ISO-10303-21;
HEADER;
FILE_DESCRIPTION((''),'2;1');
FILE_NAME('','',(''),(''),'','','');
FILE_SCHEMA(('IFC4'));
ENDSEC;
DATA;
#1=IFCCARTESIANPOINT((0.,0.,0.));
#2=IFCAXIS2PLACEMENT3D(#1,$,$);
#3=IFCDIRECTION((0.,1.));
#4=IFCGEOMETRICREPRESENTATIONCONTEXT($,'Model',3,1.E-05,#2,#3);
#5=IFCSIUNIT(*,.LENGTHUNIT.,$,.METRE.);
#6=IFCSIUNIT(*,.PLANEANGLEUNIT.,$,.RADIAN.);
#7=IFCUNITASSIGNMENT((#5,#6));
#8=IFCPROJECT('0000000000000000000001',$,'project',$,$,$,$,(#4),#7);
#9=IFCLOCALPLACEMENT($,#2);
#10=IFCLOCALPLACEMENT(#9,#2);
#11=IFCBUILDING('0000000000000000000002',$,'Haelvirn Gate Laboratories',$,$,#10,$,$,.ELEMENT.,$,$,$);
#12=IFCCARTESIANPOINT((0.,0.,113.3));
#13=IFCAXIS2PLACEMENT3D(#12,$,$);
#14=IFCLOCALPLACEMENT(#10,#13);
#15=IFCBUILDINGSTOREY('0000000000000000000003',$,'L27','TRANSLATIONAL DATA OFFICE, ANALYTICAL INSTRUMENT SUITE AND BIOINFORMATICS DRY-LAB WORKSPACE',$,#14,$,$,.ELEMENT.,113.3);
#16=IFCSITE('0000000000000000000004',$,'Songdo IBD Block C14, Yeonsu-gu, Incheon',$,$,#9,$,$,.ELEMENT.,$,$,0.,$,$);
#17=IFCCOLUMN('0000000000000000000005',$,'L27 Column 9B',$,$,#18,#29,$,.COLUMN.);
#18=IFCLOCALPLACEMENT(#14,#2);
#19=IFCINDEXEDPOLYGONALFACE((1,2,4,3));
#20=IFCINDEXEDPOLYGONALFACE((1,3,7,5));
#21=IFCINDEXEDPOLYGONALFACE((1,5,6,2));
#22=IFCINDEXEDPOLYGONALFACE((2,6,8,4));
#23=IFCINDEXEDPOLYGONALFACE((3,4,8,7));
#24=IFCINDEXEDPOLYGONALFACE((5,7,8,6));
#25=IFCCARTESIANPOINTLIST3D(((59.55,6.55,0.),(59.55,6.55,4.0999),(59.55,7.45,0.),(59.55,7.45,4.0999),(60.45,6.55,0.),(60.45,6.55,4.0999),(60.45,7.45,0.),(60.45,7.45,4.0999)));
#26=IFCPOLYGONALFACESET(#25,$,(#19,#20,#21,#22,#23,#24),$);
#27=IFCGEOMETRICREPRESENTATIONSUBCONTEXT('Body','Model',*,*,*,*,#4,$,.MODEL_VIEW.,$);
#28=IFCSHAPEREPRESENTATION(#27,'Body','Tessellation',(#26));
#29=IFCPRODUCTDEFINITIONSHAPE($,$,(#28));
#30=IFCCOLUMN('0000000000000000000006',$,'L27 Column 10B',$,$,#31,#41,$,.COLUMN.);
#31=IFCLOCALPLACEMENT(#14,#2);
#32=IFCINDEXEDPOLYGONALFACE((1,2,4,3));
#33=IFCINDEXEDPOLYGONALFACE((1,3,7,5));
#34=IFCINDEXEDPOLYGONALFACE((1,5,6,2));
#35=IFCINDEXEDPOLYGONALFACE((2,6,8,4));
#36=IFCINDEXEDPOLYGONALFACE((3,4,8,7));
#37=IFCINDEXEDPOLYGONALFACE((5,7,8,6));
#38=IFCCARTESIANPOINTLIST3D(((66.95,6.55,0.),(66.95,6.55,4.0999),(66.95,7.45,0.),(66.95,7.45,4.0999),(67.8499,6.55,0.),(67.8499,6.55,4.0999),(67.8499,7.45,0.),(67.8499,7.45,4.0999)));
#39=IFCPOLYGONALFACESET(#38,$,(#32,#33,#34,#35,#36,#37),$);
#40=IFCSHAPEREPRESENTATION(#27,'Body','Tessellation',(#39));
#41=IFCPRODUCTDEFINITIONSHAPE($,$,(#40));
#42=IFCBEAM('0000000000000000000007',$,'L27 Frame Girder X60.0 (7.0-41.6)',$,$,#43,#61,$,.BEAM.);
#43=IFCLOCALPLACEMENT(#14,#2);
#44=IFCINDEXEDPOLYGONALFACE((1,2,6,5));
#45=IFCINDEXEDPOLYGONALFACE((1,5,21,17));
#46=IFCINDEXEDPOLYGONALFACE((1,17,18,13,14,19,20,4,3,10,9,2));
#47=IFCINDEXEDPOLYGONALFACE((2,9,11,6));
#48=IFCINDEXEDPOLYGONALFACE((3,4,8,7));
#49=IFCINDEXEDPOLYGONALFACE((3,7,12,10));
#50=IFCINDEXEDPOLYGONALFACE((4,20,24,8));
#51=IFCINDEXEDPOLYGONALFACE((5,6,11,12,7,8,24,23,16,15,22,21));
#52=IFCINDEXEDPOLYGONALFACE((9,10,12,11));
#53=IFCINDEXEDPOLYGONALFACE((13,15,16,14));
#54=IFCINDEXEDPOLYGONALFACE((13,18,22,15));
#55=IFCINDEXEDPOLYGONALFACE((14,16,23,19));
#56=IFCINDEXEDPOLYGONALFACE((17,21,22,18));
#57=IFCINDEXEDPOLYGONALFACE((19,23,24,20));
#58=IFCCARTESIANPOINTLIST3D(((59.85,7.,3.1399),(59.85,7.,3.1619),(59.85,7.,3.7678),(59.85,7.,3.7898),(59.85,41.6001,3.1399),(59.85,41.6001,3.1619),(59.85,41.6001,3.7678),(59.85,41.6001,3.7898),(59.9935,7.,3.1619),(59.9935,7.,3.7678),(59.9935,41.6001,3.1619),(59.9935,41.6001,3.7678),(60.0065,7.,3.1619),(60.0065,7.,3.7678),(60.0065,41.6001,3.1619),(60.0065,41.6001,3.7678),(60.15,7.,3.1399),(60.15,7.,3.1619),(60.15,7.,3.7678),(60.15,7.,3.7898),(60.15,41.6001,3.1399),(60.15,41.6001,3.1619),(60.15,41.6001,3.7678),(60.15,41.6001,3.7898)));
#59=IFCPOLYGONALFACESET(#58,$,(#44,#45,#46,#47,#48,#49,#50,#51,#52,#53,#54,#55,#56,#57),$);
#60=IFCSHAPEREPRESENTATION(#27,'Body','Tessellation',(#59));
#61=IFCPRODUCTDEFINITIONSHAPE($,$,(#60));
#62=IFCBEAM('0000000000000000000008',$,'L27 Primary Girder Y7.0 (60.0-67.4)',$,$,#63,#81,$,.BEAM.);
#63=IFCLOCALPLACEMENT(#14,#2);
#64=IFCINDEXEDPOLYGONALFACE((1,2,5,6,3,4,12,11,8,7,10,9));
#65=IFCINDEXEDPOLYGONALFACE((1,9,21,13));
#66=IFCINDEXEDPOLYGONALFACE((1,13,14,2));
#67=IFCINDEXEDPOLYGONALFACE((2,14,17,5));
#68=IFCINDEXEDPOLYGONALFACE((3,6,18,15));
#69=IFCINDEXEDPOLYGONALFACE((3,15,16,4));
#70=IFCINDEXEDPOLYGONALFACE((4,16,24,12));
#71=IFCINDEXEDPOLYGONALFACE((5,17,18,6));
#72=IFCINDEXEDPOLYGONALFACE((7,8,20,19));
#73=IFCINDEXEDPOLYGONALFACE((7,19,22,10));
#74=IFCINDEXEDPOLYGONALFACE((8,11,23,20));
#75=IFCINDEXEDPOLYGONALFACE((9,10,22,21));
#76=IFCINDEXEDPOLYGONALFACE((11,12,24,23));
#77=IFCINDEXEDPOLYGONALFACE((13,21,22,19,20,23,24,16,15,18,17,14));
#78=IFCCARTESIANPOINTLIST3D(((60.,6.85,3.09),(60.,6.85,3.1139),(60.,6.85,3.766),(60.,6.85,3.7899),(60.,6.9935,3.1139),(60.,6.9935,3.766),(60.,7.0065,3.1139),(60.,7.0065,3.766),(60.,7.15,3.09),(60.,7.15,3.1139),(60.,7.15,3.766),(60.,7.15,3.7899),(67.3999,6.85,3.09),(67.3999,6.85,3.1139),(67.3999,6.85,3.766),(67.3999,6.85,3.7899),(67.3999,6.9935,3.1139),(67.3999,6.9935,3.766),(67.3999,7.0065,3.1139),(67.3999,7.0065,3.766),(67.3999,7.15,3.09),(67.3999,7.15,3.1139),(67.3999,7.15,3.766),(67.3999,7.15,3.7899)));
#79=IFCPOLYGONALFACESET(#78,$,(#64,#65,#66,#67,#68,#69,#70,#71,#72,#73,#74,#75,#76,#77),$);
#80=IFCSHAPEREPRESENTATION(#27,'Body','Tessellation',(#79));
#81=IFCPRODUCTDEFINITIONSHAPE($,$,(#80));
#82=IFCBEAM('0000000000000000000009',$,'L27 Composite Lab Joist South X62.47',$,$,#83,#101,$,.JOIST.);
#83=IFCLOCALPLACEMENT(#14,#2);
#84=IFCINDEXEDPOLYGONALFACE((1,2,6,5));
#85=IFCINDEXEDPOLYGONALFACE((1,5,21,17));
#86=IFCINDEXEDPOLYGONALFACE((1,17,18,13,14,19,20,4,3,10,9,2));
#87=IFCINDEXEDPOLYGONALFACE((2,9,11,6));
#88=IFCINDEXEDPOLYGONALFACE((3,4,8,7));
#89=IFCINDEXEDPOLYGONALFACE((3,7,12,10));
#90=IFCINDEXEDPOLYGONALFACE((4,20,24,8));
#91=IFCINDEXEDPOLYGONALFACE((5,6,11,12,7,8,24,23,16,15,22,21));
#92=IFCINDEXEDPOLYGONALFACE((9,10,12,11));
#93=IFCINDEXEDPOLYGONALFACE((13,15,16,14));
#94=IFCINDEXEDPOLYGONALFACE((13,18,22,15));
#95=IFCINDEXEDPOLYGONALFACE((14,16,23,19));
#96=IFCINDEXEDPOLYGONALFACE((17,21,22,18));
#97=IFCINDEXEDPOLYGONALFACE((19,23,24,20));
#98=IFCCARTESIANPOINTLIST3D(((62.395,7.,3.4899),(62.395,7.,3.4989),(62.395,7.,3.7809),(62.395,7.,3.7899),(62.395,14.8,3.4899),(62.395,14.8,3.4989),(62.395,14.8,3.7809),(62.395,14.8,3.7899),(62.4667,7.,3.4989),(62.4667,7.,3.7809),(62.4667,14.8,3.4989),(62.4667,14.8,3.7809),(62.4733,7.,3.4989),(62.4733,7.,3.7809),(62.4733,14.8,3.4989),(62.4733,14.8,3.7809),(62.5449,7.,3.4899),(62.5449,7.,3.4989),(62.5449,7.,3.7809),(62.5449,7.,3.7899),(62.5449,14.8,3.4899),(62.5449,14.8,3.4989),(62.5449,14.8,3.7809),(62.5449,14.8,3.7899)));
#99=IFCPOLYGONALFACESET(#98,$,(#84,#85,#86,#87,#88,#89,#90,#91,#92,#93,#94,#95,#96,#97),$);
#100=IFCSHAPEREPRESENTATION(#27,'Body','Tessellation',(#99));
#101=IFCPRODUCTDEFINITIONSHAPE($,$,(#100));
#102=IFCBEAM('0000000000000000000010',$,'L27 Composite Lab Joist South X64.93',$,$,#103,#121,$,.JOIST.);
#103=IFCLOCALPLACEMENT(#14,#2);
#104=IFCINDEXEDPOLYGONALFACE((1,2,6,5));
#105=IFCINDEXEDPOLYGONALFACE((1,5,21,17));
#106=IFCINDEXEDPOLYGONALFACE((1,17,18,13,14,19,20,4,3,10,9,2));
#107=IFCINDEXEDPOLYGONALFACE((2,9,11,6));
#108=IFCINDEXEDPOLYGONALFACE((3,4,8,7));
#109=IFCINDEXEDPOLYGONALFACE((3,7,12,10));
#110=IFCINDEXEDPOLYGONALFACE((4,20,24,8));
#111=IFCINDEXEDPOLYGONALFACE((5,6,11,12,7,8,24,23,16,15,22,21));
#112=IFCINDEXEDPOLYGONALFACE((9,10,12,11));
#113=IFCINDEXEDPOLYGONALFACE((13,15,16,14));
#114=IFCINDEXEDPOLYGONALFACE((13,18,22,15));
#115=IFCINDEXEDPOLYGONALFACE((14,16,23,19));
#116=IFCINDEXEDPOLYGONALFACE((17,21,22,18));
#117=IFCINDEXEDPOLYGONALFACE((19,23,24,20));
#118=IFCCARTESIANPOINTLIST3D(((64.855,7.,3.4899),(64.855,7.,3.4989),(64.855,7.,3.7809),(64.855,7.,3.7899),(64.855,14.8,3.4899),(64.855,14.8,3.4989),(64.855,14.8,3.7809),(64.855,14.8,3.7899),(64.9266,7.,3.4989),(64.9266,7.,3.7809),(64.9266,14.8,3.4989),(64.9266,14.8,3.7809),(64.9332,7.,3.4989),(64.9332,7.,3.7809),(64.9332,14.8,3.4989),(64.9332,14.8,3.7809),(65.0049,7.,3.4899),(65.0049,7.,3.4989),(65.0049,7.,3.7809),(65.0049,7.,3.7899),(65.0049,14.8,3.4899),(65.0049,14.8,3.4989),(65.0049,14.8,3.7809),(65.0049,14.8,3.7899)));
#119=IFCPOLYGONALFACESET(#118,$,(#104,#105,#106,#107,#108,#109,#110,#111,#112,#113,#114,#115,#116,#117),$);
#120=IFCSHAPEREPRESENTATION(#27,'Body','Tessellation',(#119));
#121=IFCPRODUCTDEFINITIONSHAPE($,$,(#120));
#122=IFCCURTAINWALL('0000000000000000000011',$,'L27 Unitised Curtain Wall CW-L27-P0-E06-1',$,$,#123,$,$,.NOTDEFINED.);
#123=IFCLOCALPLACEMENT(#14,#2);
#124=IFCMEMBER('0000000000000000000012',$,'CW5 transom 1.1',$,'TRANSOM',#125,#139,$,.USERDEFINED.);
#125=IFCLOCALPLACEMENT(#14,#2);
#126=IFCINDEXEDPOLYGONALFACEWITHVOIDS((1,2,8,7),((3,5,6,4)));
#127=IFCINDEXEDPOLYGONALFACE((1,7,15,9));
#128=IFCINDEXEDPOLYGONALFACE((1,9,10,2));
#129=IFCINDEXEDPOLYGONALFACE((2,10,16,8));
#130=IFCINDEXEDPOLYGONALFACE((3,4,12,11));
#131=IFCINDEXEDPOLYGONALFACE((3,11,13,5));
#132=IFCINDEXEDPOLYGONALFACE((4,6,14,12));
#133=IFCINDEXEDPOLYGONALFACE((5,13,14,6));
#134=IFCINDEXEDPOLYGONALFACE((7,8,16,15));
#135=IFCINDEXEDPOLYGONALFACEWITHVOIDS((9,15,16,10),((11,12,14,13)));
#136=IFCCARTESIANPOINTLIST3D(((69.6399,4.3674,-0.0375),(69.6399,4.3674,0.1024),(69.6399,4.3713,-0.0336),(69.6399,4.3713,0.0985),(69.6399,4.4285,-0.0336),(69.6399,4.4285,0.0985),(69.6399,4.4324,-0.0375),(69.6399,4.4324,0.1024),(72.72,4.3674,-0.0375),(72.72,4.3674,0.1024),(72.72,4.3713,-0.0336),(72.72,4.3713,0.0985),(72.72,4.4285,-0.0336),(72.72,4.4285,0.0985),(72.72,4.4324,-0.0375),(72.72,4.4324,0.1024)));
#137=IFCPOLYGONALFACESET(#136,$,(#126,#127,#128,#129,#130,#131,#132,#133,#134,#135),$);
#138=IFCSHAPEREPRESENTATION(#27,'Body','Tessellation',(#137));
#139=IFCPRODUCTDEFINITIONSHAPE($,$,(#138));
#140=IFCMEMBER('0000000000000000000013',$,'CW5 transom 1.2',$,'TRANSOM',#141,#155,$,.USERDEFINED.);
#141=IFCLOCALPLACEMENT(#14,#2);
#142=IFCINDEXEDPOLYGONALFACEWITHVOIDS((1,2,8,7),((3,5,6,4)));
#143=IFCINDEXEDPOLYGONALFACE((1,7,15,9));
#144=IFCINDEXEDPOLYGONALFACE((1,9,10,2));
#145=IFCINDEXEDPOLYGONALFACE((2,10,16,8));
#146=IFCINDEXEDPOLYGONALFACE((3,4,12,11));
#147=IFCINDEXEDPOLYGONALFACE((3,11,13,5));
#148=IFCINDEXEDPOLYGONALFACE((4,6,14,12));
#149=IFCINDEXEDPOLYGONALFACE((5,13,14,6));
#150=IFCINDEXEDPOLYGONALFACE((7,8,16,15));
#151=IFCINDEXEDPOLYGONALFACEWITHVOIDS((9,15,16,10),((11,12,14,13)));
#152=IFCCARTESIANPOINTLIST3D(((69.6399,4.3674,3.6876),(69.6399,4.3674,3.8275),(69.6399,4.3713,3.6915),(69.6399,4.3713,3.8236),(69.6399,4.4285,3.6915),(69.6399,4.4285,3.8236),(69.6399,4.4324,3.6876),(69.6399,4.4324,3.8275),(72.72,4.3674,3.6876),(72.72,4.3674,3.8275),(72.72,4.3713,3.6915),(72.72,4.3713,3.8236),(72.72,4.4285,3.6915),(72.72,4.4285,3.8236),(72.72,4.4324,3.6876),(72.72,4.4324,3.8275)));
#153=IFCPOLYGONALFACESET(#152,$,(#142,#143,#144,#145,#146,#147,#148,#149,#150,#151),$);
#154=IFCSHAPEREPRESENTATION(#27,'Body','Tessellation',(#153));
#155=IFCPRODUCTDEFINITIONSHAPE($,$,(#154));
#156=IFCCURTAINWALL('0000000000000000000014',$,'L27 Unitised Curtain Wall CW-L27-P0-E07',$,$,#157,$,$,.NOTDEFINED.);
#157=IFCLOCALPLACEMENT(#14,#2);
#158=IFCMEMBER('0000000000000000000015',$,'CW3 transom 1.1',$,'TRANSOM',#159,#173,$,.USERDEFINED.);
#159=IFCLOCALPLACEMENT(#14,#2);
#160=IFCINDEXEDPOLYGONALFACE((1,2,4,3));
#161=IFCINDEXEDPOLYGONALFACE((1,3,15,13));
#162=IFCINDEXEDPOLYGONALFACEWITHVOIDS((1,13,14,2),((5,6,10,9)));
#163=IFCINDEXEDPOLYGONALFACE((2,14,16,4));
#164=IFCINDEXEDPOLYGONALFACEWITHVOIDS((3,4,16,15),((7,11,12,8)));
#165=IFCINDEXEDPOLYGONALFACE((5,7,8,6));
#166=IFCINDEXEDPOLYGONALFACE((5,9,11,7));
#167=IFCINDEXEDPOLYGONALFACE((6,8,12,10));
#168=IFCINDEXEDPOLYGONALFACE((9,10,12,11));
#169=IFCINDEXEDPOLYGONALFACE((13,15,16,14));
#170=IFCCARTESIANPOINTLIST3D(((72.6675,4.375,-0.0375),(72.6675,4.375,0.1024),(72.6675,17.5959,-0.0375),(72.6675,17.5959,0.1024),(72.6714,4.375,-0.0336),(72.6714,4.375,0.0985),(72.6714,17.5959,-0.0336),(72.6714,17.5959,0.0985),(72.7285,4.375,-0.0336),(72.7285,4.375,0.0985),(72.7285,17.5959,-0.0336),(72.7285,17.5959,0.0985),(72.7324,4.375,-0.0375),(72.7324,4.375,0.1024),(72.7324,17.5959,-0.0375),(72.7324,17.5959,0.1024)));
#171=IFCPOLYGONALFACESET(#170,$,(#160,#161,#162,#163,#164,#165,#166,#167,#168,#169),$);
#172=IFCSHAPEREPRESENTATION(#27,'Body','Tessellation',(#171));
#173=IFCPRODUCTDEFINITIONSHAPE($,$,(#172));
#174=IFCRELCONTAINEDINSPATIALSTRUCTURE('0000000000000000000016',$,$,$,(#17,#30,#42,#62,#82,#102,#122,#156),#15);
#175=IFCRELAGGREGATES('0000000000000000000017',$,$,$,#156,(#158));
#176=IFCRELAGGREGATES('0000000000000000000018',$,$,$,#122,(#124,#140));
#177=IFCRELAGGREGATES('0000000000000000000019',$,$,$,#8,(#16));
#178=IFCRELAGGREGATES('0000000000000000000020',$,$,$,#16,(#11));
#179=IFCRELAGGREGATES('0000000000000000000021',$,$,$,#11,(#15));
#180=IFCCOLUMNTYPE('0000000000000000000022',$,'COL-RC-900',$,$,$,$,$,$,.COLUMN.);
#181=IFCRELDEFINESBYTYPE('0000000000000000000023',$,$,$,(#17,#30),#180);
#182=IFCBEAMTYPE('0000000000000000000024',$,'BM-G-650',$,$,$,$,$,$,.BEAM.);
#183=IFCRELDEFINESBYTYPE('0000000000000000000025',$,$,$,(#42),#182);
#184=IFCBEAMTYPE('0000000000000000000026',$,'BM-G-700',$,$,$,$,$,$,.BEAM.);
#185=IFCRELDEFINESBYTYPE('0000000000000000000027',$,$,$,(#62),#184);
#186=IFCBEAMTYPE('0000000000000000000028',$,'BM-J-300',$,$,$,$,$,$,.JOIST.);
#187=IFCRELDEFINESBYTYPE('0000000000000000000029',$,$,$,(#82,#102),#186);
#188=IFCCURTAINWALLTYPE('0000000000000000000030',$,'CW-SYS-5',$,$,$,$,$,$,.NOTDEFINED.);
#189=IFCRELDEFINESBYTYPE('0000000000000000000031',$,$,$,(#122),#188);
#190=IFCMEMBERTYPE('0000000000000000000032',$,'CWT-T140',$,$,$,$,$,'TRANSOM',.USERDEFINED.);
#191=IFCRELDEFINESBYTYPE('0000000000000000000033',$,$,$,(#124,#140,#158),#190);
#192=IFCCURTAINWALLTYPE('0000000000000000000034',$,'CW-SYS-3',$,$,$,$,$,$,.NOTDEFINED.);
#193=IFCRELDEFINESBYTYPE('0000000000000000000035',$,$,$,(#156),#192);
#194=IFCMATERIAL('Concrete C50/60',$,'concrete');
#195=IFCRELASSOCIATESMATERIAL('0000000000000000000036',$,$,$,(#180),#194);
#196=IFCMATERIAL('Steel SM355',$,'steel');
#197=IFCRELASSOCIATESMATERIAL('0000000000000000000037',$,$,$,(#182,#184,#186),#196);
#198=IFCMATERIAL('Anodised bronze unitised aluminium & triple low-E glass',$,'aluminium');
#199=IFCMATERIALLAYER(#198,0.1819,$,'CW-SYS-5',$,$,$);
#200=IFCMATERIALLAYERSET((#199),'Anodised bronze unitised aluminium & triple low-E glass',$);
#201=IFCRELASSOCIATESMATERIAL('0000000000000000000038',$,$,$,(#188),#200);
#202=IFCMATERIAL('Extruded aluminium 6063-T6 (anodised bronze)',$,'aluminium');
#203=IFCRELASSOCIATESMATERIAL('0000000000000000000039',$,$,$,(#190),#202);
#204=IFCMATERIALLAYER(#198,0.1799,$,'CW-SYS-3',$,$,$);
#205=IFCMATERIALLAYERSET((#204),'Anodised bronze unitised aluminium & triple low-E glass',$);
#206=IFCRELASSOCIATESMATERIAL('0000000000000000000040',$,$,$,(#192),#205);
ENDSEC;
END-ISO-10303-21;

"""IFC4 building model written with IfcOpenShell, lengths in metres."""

from ifc_helpers import new_model, si_unit, direction, frame, origin, origin_2d, place, context, subcontext, project, spatial, rectangle, hollow_rectangle, i_section, extrude, source, transform, mapped, material, layer, layer_set, material_profile, profile_set, type_object, type_shapes, element, aggregate, save


model = new_model("IFC4")

# Units and contexts
model_context = context("Model", 3, precision=1e-05, world=origin(), true_north=direction((0.0, 1.0)))
body_context = subcontext(model_context, "Body", "Model", "MODEL_VIEW")
ifc_project = project(units=[si_unit("LENGTHUNIT", "METRE"), si_unit("PLANEANGLEUNIT", "RADIAN")], contexts=[model_context])

# Site, building, storey
site_placement = place(None, origin())
site = spatial("IfcSite", under=ifc_project, at=site_placement, Name="Songdo IBD Block C14, Yeonsu-gu, Incheon", CompositionType="ELEMENT", RefElevation=0.0)
building_placement = place(site_placement, origin())
building = spatial("IfcBuilding", under=site, at=building_placement, Name="Haelvirn Gate Laboratories", CompositionType="ELEMENT")
storey_placement = place(building_placement, frame((0.0, 0.0, 113.3)))
storey = spatial("IfcBuildingStorey", under=building, at=storey_placement, Name="L27", Description="TRANSLATIONAL DATA OFFICE, ANALYTICAL INSTRUMENT SUITE AND BIOINFORMATICS DRY-LAB WORKSPACE", CompositionType="ELEMENT", Elevation=113.3)

# Columns
ifc_material_1 = material(Name="Concrete C50/60", Category="concrete")
ifc_material_profile_1 = material_profile(ifc_material_1, rectangle(XDim=0.8999, YDim=0.8999, at=origin_2d()), Name="RC-900x900")
ifc_profile_set_1 = profile_set([ifc_material_profile_1], Name="Concrete C50/60")
column_type = type_object("IfcColumnType", Name="COL-RC-900", PredefinedType="COLUMN", material=ifc_profile_set_1)
shared_shape_1 = source(origin(), body_context, "Body", "SweptSolid", [
    extrude(rectangle(XDim=0.8999, YDim=0.8999, at=origin_2d()), origin(), (0.0, 0.0, 1.0), 4.0999),
])
type_shapes(column_type, [shared_shape_1])
for number, where, z_axis, x_axis, name in (
    (1, (60.0, 7.0, 0.0), (0.0, 0.0, 1.0), (1.0, 0.0, 0.0), "L27 Column 9B"),
    (2, (67.3999, 7.0, 0.0), (0.0, 0.0, 1.0), (1.0, 0.0, 0.0), "L27 Column 10B"),
):
    element("IfcColumn", number, at=place(storey_placement, frame(where, z_axis=z_axis, x_axis=x_axis)), inside=storey, type_object=column_type, Name=name, PredefinedType="COLUMN", context=body_context, shape_type="MappedRepresentation", body=[
        mapped(shared_shape_1, transform((0.0, 0.0, 0.0), scale=1.0)),
    ])

# Beams
ifc_material_2 = material(Name="Steel SM355", Category="steel")
ifc_material_profile_2 = material_profile(ifc_material_2, i_section(OverallWidth=0.3, OverallDepth=0.6499, WebThickness=0.0129, FlangeThickness=0.022, at=origin_2d()), Name="H-650x300x13x22")
ifc_profile_set_2 = profile_set([ifc_material_profile_2], Name="Steel SM355")
beam_type_1 = type_object("IfcBeamType", Name="BM-G-650", PredefinedType="BEAM", material=ifc_profile_set_2)
shared_shape_2 = source(origin(), body_context, "Body", "SweptSolid", [
    extrude(i_section(OverallWidth=0.3, OverallDepth=0.6499, WebThickness=0.0129, FlangeThickness=0.022, at=origin_2d()), origin(), (0.0, 0.0, 1.0), 34.6001),
])
type_shapes(beam_type_1, [shared_shape_2])
beam_1_placement = place(storey_placement, frame((60.0, 7.0, 3.4648), z_axis=(0.0, 1.0, 0.0), x_axis=(-1.0, 0.0, 0.0)))
element("IfcBeam", 3, at=beam_1_placement, inside=storey, type_object=beam_type_1, Name="L27 Frame Girder X60.0 (7.0-41.6)", PredefinedType="BEAM", context=body_context, shape_type="MappedRepresentation", body=[
    mapped(shared_shape_2, transform((0.0, 0.0, 0.0), scale=1.0)),
])
ifc_material_profile_3 = material_profile(ifc_material_2, i_section(OverallWidth=0.3, OverallDepth=0.7, WebThickness=0.0129, FlangeThickness=0.0239, at=origin_2d()), Name="H-700x300x13x24")
ifc_profile_set_3 = profile_set([ifc_material_profile_3], Name="Steel SM355")
beam_type_2 = type_object("IfcBeamType", Name="BM-G-700", PredefinedType="BEAM", material=ifc_profile_set_3)
shared_shape_3 = source(origin(), body_context, "Body", "SweptSolid", [
    extrude(i_section(OverallWidth=0.3, OverallDepth=0.7, WebThickness=0.0129, FlangeThickness=0.0239, at=origin_2d()), origin(), (0.0, 0.0, 1.0), 7.3999),
])
type_shapes(beam_type_2, [shared_shape_3])
beam_2_placement = place(storey_placement, frame((60.0, 7.0, 3.4399), z_axis=(1.0, 0.0, 0.0), x_axis=(0.0, 1.0, 0.0)))
element("IfcBeam", 4, at=beam_2_placement, inside=storey, type_object=beam_type_2, Name="L27 Primary Girder Y7.0 (60.0-67.4)", PredefinedType="BEAM", context=body_context, shape_type="MappedRepresentation", body=[
    mapped(shared_shape_3, transform((0.0, 0.0, 0.0), scale=1.0)),
])
ifc_material_profile_4 = material_profile(ifc_material_2, i_section(OverallWidth=0.1499, OverallDepth=0.3, WebThickness=0.0066, FlangeThickness=0.009, at=origin_2d()), Name="H-300x150x6.5x9")
ifc_profile_set_4 = profile_set([ifc_material_profile_4], Name="Steel SM355")
beam_type_3 = type_object("IfcBeamType", Name="BM-J-300", PredefinedType="JOIST", material=ifc_profile_set_4)
shared_shape_4 = source(origin(), body_context, "Body", "SweptSolid", [
    extrude(i_section(OverallWidth=0.1499, OverallDepth=0.3, WebThickness=0.0066, FlangeThickness=0.009, at=origin_2d()), origin(), (0.0, 0.0, 1.0), 7.8),
])
type_shapes(beam_type_3, [shared_shape_4])
for number, where, z_axis, x_axis, name in (
    (5, (62.47, 7.0, 3.6399), (0.0, 1.0, 0.0), (-1.0, 0.0, 0.0), "L27 Composite Lab Joist South X62.47"),
    (6, (64.9299, 7.0, 3.6399), (0.0, 1.0, 0.0), (-1.0, 0.0, 0.0), "L27 Composite Lab Joist South X64.93"),
):
    element("IfcBeam", number, at=place(storey_placement, frame(where, z_axis=z_axis, x_axis=x_axis)), inside=storey, type_object=beam_type_3, Name=name, PredefinedType="JOIST", context=body_context, shape_type="MappedRepresentation", body=[
        mapped(shared_shape_4, transform((0.0, 0.0, 0.0), scale=1.0)),
    ])

# Curtain walls, members
ifc_material_3 = material(Name="Anodised bronze unitised aluminium & triple low-E glass", Category="aluminium")
ifc_layer_1 = layer(ifc_material_3, 0.1819, Name="CW-SYS-5")
ifc_layer_set_1 = layer_set([ifc_layer_1], Name="Anodised bronze unitised aluminium & triple low-E glass")
curtain_wall_type_1 = type_object("IfcCurtainWallType", Name="CW-SYS-5", PredefinedType="NOTDEFINED", material=ifc_layer_set_1)
curtain_wall_1_placement = place(storey_placement, origin())
curtain_wall_1 = element("IfcCurtainWall", 7, at=curtain_wall_1_placement, inside=storey, type_object=curtain_wall_type_1, Name="L27 Unitised Curtain Wall CW-L27-P0-E06-1", PredefinedType="NOTDEFINED")
ifc_material_4 = material(Name="Extruded aluminium 6063-T6 (anodised bronze)", Category="aluminium")
ifc_material_profile_5 = material_profile(ifc_material_4, hollow_rectangle(XDim=0.0649, YDim=0.1399, WallThickness=0.0039, at=origin_2d()), Name="CWT-140x65x4")
ifc_profile_set_5 = profile_set([ifc_material_profile_5], Name="Extruded aluminium 6063-T6 (anodised bronze)")
member_type_1 = type_object("IfcMemberType", Name="CWT-T140", ElementType="TRANSOM", PredefinedType="USERDEFINED", material=ifc_profile_set_5)
shared_shape_5 = source(origin(), body_context, "Body", "SweptSolid", [
    extrude(hollow_rectangle(XDim=0.0649, YDim=0.1399, WallThickness=0.0039, at=origin_2d()), origin(), (0.0, 0.0, 1.0), 3.0801),
])
member_1_placement = place(storey_placement, frame((69.6399, 4.3999, 0.0325), z_axis=(1.0, 0.0, 0.0), x_axis=(0.0, 1.0, 0.0)))
member_1 = element("IfcMember", 8, at=member_1_placement, type_object=member_type_1, Name="CW5 transom 1.1", ObjectType="TRANSOM", PredefinedType="USERDEFINED", context=body_context, shape_type="MappedRepresentation", body=[
    mapped(shared_shape_5, transform((0.0, 0.0, 0.0), scale=1.0)),
])
member_2_placement = place(storey_placement, frame((69.6399, 4.3999, 3.7576), z_axis=(1.0, 0.0, 0.0), x_axis=(0.0, 1.0, 0.0)))
member_2 = element("IfcMember", 9, at=member_2_placement, type_object=member_type_1, Name="CW5 transom 1.2", ObjectType="TRANSOM", PredefinedType="USERDEFINED", context=body_context, shape_type="MappedRepresentation", body=[
    mapped(shared_shape_5, transform((0.0, 0.0, 0.0), scale=1.0)),
])
ifc_layer_2 = layer(ifc_material_3, 0.1799, Name="CW-SYS-3")
ifc_layer_set_2 = layer_set([ifc_layer_2], Name="Anodised bronze unitised aluminium & triple low-E glass")
curtain_wall_type_2 = type_object("IfcCurtainWallType", Name="CW-SYS-3", PredefinedType="NOTDEFINED", material=ifc_layer_set_2)
curtain_wall_2_placement = place(storey_placement, origin())
curtain_wall_2 = element("IfcCurtainWall", 10, at=curtain_wall_2_placement, inside=storey, type_object=curtain_wall_type_2, Name="L27 Unitised Curtain Wall CW-L27-P0-E07", PredefinedType="NOTDEFINED")
shared_shape_6 = source(origin(), body_context, "Body", "SweptSolid", [
    extrude(hollow_rectangle(XDim=0.0649, YDim=0.1399, WallThickness=0.0039, at=origin_2d()), origin(), (0.0, 0.0, 1.0), 13.2209),
])
member_3_placement = place(storey_placement, frame((72.7, 4.375, 0.0325), z_axis=(0.0, 1.0, 0.0), x_axis=(-1.0, 0.0, 0.0)))
member_3 = element("IfcMember", 11, at=member_3_placement, type_object=member_type_1, Name="CW3 transom 1.1", ObjectType="TRANSOM", PredefinedType="USERDEFINED", context=body_context, shape_type="MappedRepresentation", body=[
    mapped(shared_shape_6, transform((0.0, 0.0, 0.0), scale=1.0)),
])

aggregate(curtain_wall_2, [member_3])

aggregate(curtain_wall_1, [member_1, member_2])

save(model, "model.ifc")
